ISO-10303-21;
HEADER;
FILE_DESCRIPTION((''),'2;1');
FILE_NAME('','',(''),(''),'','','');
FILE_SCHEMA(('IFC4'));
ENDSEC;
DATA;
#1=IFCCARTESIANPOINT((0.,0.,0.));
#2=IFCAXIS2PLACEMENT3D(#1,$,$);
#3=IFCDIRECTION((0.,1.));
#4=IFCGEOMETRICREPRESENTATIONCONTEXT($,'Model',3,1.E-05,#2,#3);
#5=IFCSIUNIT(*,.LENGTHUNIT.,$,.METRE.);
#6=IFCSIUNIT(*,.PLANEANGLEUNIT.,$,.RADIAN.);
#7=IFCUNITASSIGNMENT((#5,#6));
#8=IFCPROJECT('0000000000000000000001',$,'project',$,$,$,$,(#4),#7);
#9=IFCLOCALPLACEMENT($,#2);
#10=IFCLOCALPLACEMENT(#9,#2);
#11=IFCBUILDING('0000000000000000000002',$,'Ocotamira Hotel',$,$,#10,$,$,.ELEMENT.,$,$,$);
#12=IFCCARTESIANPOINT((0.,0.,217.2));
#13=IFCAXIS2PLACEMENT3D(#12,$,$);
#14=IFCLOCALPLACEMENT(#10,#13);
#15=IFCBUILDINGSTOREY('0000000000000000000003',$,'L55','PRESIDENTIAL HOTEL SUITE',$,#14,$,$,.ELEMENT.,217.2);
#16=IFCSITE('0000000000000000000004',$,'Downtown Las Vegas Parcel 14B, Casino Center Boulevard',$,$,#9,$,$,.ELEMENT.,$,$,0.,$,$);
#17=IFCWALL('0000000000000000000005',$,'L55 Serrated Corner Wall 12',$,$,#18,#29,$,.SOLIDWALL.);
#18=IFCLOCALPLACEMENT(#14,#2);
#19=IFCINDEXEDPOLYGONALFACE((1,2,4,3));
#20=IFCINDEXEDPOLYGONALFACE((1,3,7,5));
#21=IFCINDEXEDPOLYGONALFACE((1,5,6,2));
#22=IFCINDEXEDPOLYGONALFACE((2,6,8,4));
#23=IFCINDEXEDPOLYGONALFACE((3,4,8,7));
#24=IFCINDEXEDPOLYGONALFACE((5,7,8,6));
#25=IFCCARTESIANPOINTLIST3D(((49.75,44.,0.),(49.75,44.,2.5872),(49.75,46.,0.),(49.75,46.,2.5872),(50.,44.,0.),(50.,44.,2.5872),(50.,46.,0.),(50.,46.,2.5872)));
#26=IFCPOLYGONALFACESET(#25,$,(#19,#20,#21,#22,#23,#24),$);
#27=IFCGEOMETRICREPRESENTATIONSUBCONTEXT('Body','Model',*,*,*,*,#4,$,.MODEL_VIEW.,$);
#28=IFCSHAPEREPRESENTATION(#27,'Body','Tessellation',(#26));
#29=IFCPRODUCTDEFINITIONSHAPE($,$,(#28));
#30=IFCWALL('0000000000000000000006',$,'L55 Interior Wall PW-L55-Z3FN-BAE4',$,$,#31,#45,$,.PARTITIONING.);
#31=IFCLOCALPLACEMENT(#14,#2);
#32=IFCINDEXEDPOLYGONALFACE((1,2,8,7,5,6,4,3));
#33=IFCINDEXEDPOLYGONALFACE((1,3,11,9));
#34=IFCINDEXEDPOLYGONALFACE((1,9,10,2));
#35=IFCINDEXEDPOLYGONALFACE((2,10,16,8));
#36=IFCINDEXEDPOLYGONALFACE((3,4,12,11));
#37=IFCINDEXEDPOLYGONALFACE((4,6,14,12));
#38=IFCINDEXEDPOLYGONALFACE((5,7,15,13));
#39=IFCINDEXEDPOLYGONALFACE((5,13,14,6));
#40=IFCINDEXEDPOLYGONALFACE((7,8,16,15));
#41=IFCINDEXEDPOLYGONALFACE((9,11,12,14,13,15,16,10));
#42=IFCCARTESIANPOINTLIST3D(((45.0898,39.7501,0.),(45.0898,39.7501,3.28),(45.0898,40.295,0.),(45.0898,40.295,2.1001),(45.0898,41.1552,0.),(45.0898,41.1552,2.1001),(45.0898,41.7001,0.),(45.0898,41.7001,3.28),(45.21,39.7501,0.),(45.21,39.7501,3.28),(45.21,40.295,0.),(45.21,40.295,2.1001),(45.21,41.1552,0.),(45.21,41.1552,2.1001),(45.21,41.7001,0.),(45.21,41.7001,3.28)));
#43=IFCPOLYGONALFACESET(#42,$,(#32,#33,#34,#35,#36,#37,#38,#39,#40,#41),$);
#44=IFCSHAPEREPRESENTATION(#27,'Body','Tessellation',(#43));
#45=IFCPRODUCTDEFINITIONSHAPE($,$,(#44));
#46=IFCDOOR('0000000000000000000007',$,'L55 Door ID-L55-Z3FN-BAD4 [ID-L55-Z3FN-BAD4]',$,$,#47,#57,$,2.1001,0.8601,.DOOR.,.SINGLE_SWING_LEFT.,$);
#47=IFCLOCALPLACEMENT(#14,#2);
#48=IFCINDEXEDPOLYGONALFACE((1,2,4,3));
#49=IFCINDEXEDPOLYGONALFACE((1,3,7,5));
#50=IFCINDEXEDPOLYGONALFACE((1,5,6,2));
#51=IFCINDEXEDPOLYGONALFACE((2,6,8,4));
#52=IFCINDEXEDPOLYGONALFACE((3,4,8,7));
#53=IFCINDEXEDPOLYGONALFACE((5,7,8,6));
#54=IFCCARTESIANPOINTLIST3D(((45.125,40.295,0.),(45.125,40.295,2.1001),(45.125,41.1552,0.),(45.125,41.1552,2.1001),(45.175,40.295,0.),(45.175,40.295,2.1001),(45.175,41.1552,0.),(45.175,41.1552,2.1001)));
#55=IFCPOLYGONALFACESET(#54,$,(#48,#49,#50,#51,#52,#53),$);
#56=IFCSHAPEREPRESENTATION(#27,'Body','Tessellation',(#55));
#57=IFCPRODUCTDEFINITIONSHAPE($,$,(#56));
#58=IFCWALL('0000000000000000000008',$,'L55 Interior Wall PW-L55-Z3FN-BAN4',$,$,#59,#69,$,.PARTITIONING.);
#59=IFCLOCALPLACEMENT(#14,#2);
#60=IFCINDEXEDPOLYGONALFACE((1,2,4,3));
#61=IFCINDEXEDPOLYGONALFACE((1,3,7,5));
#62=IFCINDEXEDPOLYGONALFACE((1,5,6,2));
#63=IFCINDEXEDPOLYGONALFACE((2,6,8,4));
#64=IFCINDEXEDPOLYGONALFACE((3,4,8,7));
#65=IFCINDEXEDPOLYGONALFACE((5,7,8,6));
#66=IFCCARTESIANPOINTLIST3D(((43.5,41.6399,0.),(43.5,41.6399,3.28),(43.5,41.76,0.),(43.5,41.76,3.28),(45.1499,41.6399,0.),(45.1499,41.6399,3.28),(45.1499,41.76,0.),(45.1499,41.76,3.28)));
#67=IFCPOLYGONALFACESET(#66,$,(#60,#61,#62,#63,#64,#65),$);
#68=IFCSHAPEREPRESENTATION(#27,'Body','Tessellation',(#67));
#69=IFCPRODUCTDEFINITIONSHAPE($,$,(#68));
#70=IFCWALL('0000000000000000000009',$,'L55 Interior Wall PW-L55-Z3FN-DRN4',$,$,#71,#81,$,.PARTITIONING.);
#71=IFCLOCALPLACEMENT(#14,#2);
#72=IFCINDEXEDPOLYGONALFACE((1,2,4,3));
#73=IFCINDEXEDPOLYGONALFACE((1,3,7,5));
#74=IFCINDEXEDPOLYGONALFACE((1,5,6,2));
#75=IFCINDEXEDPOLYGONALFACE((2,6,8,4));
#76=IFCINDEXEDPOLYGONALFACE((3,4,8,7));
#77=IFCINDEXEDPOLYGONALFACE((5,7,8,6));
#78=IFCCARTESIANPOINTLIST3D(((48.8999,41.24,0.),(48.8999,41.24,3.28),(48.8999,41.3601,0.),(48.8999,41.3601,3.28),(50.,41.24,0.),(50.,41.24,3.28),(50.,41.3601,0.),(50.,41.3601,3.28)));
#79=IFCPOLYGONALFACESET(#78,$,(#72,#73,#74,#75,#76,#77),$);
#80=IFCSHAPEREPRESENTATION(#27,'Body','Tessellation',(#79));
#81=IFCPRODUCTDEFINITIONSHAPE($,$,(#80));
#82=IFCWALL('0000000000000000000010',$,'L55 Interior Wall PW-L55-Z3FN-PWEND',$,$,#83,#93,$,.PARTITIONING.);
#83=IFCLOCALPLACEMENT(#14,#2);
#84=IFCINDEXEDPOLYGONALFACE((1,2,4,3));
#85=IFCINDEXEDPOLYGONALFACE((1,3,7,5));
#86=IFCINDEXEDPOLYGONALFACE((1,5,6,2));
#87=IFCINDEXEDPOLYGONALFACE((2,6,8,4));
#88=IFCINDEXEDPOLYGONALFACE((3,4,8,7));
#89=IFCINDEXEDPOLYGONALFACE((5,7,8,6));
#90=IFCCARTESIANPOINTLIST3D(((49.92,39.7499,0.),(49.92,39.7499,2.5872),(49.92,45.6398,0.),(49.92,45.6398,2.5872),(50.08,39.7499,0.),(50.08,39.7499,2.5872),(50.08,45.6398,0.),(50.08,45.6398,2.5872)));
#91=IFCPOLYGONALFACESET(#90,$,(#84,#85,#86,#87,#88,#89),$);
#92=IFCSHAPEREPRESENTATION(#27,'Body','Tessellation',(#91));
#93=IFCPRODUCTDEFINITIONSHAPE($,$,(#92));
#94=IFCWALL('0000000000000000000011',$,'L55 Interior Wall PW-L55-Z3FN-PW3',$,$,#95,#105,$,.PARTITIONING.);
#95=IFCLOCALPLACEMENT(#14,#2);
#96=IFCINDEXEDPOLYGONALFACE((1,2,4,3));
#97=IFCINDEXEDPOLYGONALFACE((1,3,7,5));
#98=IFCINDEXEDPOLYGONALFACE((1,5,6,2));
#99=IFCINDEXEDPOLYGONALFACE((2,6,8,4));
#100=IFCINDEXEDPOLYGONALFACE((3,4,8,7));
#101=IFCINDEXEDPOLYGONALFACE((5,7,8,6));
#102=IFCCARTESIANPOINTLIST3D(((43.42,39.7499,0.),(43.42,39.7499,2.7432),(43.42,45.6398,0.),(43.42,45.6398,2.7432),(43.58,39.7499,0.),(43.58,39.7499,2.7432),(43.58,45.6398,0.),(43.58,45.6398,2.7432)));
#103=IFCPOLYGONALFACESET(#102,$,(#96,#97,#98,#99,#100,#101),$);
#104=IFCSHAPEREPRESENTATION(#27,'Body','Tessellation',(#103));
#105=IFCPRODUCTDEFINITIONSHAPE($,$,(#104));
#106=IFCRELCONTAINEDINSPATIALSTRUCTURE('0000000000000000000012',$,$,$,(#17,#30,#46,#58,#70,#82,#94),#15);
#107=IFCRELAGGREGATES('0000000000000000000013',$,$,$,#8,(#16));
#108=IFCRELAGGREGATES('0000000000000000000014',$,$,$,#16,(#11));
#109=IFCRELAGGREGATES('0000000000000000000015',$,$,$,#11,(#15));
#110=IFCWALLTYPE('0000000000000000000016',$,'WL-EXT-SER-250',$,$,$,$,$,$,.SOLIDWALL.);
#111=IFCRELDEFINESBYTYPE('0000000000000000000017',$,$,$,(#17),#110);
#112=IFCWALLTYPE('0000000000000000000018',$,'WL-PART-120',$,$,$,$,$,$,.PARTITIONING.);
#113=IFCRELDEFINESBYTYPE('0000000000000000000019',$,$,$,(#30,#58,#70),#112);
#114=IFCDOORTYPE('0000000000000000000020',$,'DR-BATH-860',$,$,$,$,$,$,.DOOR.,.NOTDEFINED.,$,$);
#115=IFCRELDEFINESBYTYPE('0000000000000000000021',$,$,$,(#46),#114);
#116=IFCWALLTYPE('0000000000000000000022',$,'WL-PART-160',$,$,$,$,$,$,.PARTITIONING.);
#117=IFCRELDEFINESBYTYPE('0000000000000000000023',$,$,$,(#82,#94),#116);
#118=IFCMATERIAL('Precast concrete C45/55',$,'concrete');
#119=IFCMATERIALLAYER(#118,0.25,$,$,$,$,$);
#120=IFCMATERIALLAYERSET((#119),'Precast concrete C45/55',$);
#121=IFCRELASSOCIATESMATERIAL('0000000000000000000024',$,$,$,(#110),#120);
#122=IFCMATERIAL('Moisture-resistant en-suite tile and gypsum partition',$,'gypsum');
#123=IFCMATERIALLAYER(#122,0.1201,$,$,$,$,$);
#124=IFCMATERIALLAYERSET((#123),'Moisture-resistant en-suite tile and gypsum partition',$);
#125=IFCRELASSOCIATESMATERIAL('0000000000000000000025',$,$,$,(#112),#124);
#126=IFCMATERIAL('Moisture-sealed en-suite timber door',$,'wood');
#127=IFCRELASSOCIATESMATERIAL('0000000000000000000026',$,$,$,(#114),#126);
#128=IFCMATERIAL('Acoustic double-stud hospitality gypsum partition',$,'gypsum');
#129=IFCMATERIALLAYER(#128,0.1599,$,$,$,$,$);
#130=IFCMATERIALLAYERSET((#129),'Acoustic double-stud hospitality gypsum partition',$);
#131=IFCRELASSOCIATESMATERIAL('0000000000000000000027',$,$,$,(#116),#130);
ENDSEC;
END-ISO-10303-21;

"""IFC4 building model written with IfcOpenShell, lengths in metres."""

from ifc_helpers import new_model, si_unit, direction, frame, frame_2d, origin, place, context, subcontext, project, spatial, rectangle, extrude, source, transform, mapped, material, layer, layer_set, type_object, element, fill, save


model = new_model("IFC4")

# Units and contexts
model_context = context("Model", 3, precision=1e-05, world=origin(), true_north=direction((0.0, 1.0)))
body_context = subcontext(model_context, "Body", "Model", "MODEL_VIEW")
ifc_project = project(units=[si_unit("LENGTHUNIT", "METRE"), si_unit("PLANEANGLEUNIT", "RADIAN")], contexts=[model_context])

# Site, building, storey
site_placement = place(None, origin())
site = spatial("IfcSite", under=ifc_project, at=site_placement, Name="Downtown Las Vegas Parcel 14B, Casino Center Boulevard", CompositionType="ELEMENT", RefElevation=0.0)
building_placement = place(site_placement, origin())
building = spatial("IfcBuilding", under=site, at=building_placement, Name="Ocotamira Hotel", CompositionType="ELEMENT")
storey_placement = place(building_placement, frame((0.0, 0.0, 217.2)))
storey = spatial("IfcBuildingStorey", under=building, at=storey_placement, Name="L55", Description="PRESIDENTIAL HOTEL SUITE", CompositionType="ELEMENT", Elevation=217.2)

# Wall
ifc_material_1 = material(Name="Precast concrete C45/55", Category="concrete")
ifc_layer_1 = layer(ifc_material_1, 0.25)
ifc_layer_set_1 = layer_set([ifc_layer_1], Name="Precast concrete C45/55")
wall_type_1 = type_object("IfcWallType", Name="WL-EXT-SER-250", PredefinedType="SOLIDWALL", material=ifc_layer_set_1)
wall_1_placement = place(storey_placement, frame((49.875, 44.0, 0.0), z_axis=(0.0, 0.0, 1.0), x_axis=(0.0, 1.0, 0.0)))
element("IfcWall", 1, at=wall_1_placement, inside=storey, type_object=wall_type_1, Name="L55 Serrated Corner Wall 12", PredefinedType="SOLIDWALL", context=body_context, shape_type="SweptSolid", body=[
    extrude(rectangle(XDim=2.0, YDim=0.25, at=frame_2d((1.0, 0.0))), origin(), (0.0, 0.0, 1.0), 2.5872),
])

# Wall, opening, door
ifc_material_2 = material(Name="Moisture-resistant en-suite tile and gypsum partition", Category="gypsum")
ifc_layer_2 = layer(ifc_material_2, 0.1201)
ifc_layer_set_2 = layer_set([ifc_layer_2], Name="Moisture-resistant en-suite tile and gypsum partition")
wall_type_2 = type_object("IfcWallType", Name="WL-PART-120", PredefinedType="PARTITIONING", material=ifc_layer_set_2)
wall_2_placement = place(storey_placement, frame((45.1499, 39.75, 0.0), z_axis=(0.0, 0.0, 1.0), x_axis=(0.0, 1.0, 0.0)))
wall_2 = element("IfcWall", 2, at=wall_2_placement, inside=storey, type_object=wall_type_2, Name="L55 Interior Wall PW-L55-Z3FN-BAE4", PredefinedType="PARTITIONING", context=body_context, shape_type="SweptSolid", body=[
    extrude(rectangle(XDim=1.95, YDim=0.1201, at=frame_2d((0.9751, 0.0))), origin(), (0.0, 0.0, 1.0), 3.28),
])
opening_1_placement = place(wall_2_placement, frame((0.5449, 0.0, 0.0)))
opening_1 = element("IfcOpeningElement", 3, at=opening_1_placement, cuts=wall_2, PredefinedType="OPENING", context=body_context, shape_type="SweptSolid", body=[
    extrude(rectangle(XDim=0.8601, YDim=2.1001, at=frame_2d((0.4302, 1.05))), frame((0.0, 0.0701, 0.0), z_axis=(0.0, -1.0, 0.0), x_axis=(1.0, 0.0, 0.0)), (0.0, 0.0, 1.0), 0.1401),
])
ifc_material_3 = material(Name="Moisture-sealed en-suite timber door", Category="wood")
door_type_1 = type_object("IfcDoorType", Name="DR-BATH-860", OperationType="NOTDEFINED", PredefinedType="DOOR", material=ifc_material_3)
shared_shape_1 = source(origin(), body_context, "Body", "SweptSolid", [
    extrude(rectangle(XDim=0.8601, YDim=2.1001, at=frame_2d((0.4302, 1.05))), frame((0.0, 0.0249, 0.0), z_axis=(0.0, -1.0, 0.0), x_axis=(1.0, 0.0, 0.0)), (0.0, 0.0, 1.0), 0.05),
])
door_1_placement = place(opening_1_placement, origin())
door_1 = element("IfcDoor", 4, at=door_1_placement, inside=storey, type_object=door_type_1, Name="L55 Door ID-L55-Z3FN-BAD4 [ID-L55-Z3FN-BAD4]", OperationType="SINGLE_SWING_LEFT", OverallHeight=2.1001, OverallWidth=0.8601, PredefinedType="DOOR", context=body_context, shape_type="MappedRepresentation", body=[
    mapped(shared_shape_1, transform((0.0, 0.0, 0.0), scale=1.0)),
])
fill(opening_1, door_1)

# Walls
wall_3_placement = place(storey_placement, frame((43.5, 41.7, 0.0), z_axis=(0.0, 0.0, 1.0), x_axis=(1.0, 0.0, 0.0)))
element("IfcWall", 5, at=wall_3_placement, inside=storey, type_object=wall_type_2, Name="L55 Interior Wall PW-L55-Z3FN-BAN4", PredefinedType="PARTITIONING", context=body_context, shape_type="SweptSolid", body=[
    extrude(rectangle(XDim=1.6499, YDim=0.1201, at=frame_2d((0.825, 0.0))), origin(), (0.0, 0.0, 1.0), 3.28),
])
wall_4_placement = place(storey_placement, frame((48.8999, 41.3, 0.0), z_axis=(0.0, 0.0, 1.0), x_axis=(1.0, 0.0, 0.0)))
element("IfcWall", 6, at=wall_4_placement, inside=storey, type_object=wall_type_2, Name="L55 Interior Wall PW-L55-Z3FN-DRN4", PredefinedType="PARTITIONING", context=body_context, shape_type="SweptSolid", body=[
    extrude(rectangle(XDim=1.1001, YDim=0.1201, at=frame_2d((0.55, 0.0))), origin(), (0.0, 0.0, 1.0), 3.28),
])
ifc_material_4 = material(Name="Acoustic double-stud hospitality gypsum partition", Category="gypsum")
ifc_layer_3 = layer(ifc_material_4, 0.1599)
ifc_layer_set_3 = layer_set([ifc_layer_3], Name="Acoustic double-stud hospitality gypsum partition")
wall_type_3 = type_object("IfcWallType", Name="WL-PART-160", PredefinedType="PARTITIONING", material=ifc_layer_set_3)
wall_5_placement = place(storey_placement, frame((50.0, 39.75, 0.0), z_axis=(0.0, 0.0, 1.0), x_axis=(0.0, 1.0, 0.0)))
element("IfcWall", 7, at=wall_5_placement, inside=storey, type_object=wall_type_3, Name="L55 Interior Wall PW-L55-Z3FN-PWEND", PredefinedType="PARTITIONING", context=body_context, shape_type="SweptSolid", body=[
    extrude(rectangle(XDim=5.8899, YDim=0.1599, at=frame_2d((2.9448, 0.0))), origin(), (0.0, 0.0, 1.0), 2.5872),
])
wall_6_placement = place(storey_placement, frame((43.5, 39.75, 0.0), z_axis=(0.0, 0.0, 1.0), x_axis=(0.0, 1.0, 0.0)))
element("IfcWall", 8, at=wall_6_placement, inside=storey, type_object=wall_type_3, Name="L55 Interior Wall PW-L55-Z3FN-PW3", PredefinedType="PARTITIONING", context=body_context, shape_type="SweptSolid", body=[
    extrude(rectangle(XDim=5.8899, YDim=0.1599, at=frame_2d((2.9448, 0.0))), origin(), (0.0, 0.0, 1.0), 2.7432),
])

save(model, "model.ifc")
